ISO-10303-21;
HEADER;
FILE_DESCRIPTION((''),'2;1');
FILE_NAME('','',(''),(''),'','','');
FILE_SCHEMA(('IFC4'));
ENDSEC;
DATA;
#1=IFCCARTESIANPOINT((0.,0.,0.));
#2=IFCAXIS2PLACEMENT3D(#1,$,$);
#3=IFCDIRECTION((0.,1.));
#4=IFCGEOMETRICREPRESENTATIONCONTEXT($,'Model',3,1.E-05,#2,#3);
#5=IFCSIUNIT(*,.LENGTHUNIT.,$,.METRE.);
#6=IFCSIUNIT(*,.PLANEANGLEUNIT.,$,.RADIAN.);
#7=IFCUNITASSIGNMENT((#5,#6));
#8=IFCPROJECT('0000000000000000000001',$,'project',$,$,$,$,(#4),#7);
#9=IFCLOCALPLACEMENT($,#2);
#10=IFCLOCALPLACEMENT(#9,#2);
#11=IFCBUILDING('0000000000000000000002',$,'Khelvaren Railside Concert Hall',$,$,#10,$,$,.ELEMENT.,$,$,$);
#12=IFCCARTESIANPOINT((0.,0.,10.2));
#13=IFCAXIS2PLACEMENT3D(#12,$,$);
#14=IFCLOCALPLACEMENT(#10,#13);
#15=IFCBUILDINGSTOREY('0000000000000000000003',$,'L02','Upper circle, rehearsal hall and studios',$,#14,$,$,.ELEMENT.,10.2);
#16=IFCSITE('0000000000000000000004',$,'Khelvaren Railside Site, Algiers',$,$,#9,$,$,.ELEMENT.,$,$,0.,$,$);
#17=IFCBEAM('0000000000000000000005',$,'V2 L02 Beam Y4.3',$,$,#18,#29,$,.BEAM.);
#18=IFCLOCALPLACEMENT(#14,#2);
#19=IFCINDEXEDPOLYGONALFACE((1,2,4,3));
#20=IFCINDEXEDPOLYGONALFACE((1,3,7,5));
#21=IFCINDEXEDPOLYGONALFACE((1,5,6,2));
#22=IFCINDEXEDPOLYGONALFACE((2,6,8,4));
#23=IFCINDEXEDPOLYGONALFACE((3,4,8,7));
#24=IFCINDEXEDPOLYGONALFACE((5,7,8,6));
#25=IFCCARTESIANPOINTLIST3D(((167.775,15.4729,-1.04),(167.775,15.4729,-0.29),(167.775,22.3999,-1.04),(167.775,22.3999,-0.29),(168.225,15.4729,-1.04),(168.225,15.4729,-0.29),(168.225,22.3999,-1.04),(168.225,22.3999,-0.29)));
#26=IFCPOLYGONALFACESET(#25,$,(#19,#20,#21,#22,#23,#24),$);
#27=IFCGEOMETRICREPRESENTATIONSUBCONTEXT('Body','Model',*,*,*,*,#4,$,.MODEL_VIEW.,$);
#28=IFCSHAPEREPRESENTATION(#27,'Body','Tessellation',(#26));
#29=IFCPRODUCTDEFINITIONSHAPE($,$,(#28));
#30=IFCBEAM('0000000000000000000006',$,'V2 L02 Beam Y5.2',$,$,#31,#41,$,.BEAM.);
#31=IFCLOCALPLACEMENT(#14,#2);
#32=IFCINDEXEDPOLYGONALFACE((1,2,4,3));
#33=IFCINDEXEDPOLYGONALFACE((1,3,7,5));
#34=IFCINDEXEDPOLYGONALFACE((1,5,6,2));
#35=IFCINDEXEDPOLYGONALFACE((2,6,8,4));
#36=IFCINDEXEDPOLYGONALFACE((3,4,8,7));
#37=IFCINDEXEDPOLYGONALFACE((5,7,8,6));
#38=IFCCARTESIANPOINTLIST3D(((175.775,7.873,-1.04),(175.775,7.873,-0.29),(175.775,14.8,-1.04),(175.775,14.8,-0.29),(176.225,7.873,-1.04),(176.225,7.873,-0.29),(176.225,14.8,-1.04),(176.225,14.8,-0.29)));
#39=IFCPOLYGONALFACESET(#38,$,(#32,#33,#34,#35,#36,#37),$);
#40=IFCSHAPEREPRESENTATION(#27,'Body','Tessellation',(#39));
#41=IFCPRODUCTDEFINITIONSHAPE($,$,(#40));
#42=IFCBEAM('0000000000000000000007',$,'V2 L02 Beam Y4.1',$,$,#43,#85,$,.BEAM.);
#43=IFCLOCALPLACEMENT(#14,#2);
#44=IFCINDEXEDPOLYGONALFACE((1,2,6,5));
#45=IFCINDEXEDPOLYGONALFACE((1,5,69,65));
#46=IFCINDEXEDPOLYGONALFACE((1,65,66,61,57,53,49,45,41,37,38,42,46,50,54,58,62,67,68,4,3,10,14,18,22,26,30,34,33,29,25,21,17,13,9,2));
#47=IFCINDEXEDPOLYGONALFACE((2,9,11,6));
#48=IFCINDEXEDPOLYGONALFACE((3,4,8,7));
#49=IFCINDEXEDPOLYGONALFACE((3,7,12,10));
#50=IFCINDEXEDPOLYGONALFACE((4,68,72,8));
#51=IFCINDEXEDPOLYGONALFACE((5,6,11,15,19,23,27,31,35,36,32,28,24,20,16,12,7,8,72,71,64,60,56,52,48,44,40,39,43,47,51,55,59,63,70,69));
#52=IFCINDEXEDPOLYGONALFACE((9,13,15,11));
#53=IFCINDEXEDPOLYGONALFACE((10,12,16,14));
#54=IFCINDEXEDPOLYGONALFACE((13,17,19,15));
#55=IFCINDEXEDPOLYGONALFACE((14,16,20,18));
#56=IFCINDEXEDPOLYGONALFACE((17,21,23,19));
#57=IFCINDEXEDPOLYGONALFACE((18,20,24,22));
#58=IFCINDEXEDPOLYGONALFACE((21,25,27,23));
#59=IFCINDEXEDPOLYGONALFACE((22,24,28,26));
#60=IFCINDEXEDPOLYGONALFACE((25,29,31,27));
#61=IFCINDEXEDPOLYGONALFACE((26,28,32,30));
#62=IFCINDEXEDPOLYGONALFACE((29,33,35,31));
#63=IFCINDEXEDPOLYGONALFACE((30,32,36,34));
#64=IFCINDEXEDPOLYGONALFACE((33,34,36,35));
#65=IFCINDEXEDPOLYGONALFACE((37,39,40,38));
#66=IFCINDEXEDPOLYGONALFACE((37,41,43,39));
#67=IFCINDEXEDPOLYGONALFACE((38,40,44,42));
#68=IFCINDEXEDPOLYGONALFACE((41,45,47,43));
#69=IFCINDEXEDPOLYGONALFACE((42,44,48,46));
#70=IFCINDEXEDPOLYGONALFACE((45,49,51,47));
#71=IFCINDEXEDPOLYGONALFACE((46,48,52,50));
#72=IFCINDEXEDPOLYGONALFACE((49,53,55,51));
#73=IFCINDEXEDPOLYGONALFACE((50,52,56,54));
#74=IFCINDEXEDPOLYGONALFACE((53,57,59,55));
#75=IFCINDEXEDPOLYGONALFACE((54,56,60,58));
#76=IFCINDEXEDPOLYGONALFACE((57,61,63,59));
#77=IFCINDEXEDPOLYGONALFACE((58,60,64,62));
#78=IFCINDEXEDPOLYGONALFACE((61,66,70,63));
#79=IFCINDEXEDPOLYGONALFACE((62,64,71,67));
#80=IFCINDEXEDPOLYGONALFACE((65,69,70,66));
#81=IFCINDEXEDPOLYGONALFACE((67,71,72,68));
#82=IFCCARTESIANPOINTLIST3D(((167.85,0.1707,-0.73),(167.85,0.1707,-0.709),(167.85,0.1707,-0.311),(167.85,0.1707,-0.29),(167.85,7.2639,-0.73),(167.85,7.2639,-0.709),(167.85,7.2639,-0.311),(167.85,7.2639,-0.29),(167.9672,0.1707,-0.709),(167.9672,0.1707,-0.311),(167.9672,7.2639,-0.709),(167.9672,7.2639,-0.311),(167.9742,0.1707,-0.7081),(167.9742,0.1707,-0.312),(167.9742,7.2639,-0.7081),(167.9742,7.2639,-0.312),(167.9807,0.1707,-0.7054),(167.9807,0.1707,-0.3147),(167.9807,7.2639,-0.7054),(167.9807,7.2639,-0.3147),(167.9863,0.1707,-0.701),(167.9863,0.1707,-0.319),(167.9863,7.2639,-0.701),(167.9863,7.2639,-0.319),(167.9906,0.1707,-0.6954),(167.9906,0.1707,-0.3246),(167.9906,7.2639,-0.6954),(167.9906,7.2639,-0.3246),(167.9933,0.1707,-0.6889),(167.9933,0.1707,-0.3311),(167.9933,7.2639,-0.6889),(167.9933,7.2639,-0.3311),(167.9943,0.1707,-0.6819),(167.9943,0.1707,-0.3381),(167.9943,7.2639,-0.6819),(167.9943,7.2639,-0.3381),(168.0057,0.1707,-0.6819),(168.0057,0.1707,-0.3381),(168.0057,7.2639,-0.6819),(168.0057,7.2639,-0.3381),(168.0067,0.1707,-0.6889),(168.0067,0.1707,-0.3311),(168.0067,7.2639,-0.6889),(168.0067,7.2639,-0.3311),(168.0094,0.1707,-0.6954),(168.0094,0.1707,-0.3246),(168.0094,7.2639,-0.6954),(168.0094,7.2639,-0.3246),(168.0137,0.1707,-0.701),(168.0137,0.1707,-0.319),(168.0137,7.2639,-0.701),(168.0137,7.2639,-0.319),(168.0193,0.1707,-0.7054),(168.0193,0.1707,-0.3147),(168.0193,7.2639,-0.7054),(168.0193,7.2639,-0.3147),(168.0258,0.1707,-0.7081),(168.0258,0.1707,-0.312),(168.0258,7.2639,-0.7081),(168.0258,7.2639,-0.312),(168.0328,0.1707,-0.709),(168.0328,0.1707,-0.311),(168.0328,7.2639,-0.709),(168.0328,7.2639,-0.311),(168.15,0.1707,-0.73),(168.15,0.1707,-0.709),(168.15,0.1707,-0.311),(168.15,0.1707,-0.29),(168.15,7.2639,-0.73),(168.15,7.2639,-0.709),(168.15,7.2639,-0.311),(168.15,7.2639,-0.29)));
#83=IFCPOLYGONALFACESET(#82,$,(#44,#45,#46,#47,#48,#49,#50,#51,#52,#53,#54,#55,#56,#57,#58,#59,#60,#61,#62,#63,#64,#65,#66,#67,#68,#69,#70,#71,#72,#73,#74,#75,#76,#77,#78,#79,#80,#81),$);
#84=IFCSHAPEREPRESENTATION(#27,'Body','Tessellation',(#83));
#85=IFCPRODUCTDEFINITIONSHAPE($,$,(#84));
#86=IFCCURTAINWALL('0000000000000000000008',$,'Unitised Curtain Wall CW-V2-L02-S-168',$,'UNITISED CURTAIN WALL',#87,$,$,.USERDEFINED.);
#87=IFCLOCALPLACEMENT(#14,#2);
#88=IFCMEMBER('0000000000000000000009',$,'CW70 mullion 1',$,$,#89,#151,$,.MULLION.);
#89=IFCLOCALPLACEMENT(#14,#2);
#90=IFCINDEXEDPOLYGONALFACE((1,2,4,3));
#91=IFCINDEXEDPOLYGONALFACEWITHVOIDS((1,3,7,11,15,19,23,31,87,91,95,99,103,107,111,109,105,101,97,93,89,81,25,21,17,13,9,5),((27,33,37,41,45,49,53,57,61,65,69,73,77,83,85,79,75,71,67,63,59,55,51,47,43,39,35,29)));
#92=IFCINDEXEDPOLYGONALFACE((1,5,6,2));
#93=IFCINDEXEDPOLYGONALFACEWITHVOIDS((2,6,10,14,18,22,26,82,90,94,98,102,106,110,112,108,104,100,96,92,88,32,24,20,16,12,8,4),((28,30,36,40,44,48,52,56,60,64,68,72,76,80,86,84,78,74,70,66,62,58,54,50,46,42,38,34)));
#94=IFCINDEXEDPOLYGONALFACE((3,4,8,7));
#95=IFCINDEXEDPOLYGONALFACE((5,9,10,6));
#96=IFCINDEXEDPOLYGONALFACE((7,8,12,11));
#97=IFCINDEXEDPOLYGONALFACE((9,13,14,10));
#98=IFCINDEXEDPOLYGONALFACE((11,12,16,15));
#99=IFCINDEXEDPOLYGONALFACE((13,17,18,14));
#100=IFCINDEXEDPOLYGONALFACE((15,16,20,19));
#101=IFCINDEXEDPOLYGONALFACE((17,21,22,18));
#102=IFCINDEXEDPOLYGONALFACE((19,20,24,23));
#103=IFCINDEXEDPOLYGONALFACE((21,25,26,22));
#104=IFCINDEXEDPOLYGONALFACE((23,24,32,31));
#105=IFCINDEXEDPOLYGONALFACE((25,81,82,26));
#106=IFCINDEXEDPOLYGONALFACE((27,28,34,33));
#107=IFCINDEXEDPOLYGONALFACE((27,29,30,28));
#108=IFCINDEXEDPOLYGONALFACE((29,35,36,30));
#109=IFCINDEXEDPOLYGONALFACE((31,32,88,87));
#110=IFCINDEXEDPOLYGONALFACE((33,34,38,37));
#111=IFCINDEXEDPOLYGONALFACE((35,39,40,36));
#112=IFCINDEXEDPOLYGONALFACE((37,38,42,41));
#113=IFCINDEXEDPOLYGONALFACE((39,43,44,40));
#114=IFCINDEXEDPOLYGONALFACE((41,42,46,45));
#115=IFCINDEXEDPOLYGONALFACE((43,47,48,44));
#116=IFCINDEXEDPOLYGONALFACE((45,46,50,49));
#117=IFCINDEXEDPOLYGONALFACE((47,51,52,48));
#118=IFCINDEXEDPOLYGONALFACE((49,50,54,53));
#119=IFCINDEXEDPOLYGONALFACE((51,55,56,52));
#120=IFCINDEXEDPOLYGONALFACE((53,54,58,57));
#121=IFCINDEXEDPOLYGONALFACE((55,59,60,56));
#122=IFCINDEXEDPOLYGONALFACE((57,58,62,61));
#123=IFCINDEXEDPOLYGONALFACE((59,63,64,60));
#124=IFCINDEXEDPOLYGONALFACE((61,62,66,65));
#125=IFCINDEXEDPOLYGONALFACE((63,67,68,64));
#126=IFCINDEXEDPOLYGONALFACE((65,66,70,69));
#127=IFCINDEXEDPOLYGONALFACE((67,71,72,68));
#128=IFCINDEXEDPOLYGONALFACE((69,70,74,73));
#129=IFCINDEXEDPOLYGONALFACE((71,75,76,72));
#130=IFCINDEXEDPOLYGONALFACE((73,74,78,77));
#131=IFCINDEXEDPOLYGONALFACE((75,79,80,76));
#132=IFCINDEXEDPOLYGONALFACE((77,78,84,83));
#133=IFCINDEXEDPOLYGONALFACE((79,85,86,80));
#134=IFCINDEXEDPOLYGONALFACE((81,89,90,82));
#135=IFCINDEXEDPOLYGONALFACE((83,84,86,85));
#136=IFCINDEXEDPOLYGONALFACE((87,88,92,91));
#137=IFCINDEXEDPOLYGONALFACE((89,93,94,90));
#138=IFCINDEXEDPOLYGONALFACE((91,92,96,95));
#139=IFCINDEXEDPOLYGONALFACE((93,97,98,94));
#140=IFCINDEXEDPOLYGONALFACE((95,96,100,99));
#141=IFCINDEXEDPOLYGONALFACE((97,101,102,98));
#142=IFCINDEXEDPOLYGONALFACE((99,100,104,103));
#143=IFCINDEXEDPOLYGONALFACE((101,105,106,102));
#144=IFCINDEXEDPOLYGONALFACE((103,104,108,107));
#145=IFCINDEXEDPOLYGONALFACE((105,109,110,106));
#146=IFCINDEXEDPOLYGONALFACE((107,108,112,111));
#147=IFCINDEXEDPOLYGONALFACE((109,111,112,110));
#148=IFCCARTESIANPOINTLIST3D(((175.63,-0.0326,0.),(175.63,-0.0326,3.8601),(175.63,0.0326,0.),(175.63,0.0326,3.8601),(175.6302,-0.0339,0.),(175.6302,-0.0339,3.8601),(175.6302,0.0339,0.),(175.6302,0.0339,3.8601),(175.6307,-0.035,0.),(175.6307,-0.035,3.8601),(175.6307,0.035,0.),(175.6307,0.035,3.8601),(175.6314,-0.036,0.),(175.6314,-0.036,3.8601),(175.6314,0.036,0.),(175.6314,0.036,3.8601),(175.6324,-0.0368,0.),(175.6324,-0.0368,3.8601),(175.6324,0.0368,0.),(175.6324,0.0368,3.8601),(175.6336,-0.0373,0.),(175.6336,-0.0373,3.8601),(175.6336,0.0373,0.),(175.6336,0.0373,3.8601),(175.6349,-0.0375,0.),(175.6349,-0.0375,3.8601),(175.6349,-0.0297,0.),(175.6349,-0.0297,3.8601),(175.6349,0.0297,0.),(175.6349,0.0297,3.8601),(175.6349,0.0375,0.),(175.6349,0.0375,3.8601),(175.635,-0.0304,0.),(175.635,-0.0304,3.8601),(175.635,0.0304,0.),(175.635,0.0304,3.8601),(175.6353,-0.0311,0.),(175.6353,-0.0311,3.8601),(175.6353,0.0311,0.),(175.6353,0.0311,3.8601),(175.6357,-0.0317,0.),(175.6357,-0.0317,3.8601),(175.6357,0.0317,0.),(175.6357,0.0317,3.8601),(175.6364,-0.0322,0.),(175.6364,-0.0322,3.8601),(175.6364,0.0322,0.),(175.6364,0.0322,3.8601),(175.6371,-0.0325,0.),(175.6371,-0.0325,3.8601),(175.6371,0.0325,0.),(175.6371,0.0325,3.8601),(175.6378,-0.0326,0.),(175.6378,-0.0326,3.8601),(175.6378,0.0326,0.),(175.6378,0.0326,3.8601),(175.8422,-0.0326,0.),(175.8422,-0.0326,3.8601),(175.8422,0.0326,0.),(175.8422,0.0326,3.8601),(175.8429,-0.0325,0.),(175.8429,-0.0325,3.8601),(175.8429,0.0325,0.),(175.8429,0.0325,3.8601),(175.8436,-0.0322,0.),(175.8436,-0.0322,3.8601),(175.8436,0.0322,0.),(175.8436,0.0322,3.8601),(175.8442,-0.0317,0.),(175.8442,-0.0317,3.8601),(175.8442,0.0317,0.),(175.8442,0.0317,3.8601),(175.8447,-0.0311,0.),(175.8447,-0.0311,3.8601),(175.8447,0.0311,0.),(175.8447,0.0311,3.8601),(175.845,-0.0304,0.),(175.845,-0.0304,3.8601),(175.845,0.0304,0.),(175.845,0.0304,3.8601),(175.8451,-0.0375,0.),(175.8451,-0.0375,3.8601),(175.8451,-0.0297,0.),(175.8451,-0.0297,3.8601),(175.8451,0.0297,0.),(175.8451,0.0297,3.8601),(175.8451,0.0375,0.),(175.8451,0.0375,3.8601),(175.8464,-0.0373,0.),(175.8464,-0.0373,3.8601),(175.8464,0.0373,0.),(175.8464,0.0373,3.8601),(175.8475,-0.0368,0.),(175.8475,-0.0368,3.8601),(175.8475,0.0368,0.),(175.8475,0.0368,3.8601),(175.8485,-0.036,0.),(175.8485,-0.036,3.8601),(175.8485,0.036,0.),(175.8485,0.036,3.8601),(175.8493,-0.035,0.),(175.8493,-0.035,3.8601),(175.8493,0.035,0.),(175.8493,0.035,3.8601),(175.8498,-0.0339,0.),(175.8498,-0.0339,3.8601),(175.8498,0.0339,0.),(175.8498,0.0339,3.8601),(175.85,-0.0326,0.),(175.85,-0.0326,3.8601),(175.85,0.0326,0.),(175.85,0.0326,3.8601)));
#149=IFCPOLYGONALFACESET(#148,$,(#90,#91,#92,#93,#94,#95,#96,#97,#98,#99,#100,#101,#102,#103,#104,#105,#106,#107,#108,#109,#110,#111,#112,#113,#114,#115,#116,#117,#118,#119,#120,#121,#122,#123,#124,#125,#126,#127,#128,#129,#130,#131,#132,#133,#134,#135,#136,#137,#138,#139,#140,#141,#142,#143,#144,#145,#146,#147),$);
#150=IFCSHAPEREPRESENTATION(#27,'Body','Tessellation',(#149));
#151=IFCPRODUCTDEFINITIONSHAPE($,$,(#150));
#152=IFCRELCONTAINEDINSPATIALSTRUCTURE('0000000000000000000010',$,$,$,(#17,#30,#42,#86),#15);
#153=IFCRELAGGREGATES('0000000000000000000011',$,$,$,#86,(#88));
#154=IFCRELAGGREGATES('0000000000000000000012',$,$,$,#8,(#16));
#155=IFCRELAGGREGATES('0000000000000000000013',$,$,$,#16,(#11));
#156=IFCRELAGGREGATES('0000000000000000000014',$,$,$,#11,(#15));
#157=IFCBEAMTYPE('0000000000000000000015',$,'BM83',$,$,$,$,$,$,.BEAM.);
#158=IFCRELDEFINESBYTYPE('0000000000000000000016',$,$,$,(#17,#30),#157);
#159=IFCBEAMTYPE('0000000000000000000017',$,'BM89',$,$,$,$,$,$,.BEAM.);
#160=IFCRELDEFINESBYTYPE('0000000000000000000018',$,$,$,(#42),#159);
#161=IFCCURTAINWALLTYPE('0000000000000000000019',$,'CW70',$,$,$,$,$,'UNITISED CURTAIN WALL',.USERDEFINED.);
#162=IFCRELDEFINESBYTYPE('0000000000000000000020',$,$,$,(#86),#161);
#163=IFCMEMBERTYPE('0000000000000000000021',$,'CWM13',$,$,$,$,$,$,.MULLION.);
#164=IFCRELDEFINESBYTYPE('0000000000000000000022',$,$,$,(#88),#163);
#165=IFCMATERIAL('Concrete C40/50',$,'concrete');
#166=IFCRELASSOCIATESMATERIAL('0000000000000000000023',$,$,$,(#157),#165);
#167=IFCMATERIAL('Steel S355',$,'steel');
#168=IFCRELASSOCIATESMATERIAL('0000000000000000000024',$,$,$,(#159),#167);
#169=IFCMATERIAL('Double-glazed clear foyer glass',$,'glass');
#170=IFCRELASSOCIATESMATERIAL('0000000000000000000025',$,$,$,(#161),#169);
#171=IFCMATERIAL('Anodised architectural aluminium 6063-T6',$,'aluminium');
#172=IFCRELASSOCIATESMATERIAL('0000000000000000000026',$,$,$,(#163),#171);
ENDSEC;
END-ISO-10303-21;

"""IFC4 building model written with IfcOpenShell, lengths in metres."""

from ifc_helpers import new_model, si_unit, direction, frame, origin, origin_2d, place, context, subcontext, project, spatial, rectangle, hollow_rectangle, i_section, extrude, material, material_profile, profile_set, type_object, element, aggregate, save


model = new_model("IFC4")

# Units and contexts
model_context = context("Model", 3, precision=1e-05, world=origin(), true_north=direction((0.0, 1.0)))
body_context = subcontext(model_context, "Body", "Model", "MODEL_VIEW")
ifc_project = project(units=[si_unit("LENGTHUNIT", "METRE"), si_unit("PLANEANGLEUNIT", "RADIAN")], contexts=[model_context])

# Site, building, storey
site_placement = place(None, origin())
site = spatial("IfcSite", under=ifc_project, at=site_placement, Name="Khelvaren Railside Site, Algiers", CompositionType="ELEMENT", RefElevation=0.0)
building_placement = place(site_placement, origin())
building = spatial("IfcBuilding", under=site, at=building_placement, Name="Khelvaren Railside Concert Hall", CompositionType="ELEMENT")
storey_placement = place(building_placement, frame((0.0, 0.0, 10.2)))
storey = spatial("IfcBuildingStorey", under=building, at=storey_placement, Name="L02", Description="Upper circle, rehearsal hall and studios", CompositionType="ELEMENT", Elevation=10.2)

# Shared definitions
ifc_material_1 = material(Name="Steel S355", Category="steel")

# Beams
ifc_material_2 = material(Name="Concrete C40/50", Category="concrete")
ifc_material_profile_1 = material_profile(ifc_material_2, rectangle(XDim=0.45, YDim=0.75, at=origin_2d()), Name="RCB 450x750")
ifc_profile_set_1 = profile_set([ifc_material_profile_1], Name="Concrete C40/50")
beam_type_1 = type_object("IfcBeamType", Name="BM83", PredefinedType="BEAM", material=ifc_profile_set_1)
for number, where, z_axis, x_axis, name in (
    (1, (168.0, 15.4729, -0.665), (0.0, 1.0, 0.0), (-1.0, 0.0, 0.0), "V2 L02 Beam Y4.3"),
    (2, (176.0, 7.873, -0.665), (0.0, 1.0, 0.0), (-1.0, 0.0, 0.0), "V2 L02 Beam Y5.2"),
):
    element("IfcBeam", number, at=place(storey_placement, frame(where, z_axis=z_axis, x_axis=x_axis)), inside=storey, type_object=beam_type_1, Name=name, PredefinedType="BEAM", context=body_context, shape_type="SweptSolid", body=[
        extrude(rectangle(XDim=0.45, YDim=0.75, at=origin_2d()), origin(), (0.0, 0.0, 1.0), 6.927),
    ])
ifc_material_profile_2 = material_profile(ifc_material_1, i_section(OverallWidth=0.3, OverallDepth=0.4399, WebThickness=0.0115, FlangeThickness=0.021, FilletRadius=0.0271, at=origin_2d()), Name="HEA 450")
ifc_profile_set_2 = profile_set([ifc_material_profile_2], Name="Steel S355")
beam_type_2 = type_object("IfcBeamType", Name="BM89", PredefinedType="BEAM", material=ifc_profile_set_2)
beam_1_placement = place(storey_placement, frame((168.0, 0.1707, -0.51), z_axis=(0.0, 1.0, 0.0), x_axis=(-1.0, 0.0, 0.0)))
element("IfcBeam", 3, at=beam_1_placement, inside=storey, type_object=beam_type_2, Name="V2 L02 Beam Y4.1", PredefinedType="BEAM", context=body_context, shape_type="SweptSolid", body=[
    extrude(i_section(OverallWidth=0.3, OverallDepth=0.4399, WebThickness=0.0115, FlangeThickness=0.021, FilletRadius=0.0271, at=origin_2d()), origin(), (0.0, 0.0, 1.0), 7.0933),
])

# Curtain wall, member
ifc_material_3 = material(Name="Double-glazed clear foyer glass", Category="glass")
curtain_wall_type = type_object("IfcCurtainWallType", Name="CW70", ElementType="UNITISED CURTAIN WALL", PredefinedType="USERDEFINED", material=ifc_material_3)
curtain_wall_placement = place(storey_placement, origin())
curtain_wall = element("IfcCurtainWall", 4, at=curtain_wall_placement, inside=storey, type_object=curtain_wall_type, Name="Unitised Curtain Wall CW-V2-L02-S-168", ObjectType="UNITISED CURTAIN WALL", PredefinedType="USERDEFINED")
ifc_material_4 = material(Name="Anodised architectural aluminium 6063-T6", Category="aluminium")
ifc_material_profile_3 = material_profile(ifc_material_4, hollow_rectangle(XDim=0.075, YDim=0.22, WallThickness=0.0049, InnerFilletRadius=0.0029, OuterFilletRadius=0.0049, at=origin_2d()), Name="CWM 75x220x5")
ifc_profile_set_3 = profile_set([ifc_material_profile_3], Name="Anodised architectural aluminium 6063-T6")
member_type_1 = type_object("IfcMemberType", Name="CWM13", PredefinedType="MULLION", material=ifc_profile_set_3)
member_1_placement = place(storey_placement, frame((175.74, 0.0, 0.0), z_axis=(0.0, 0.0, 1.0), x_axis=(0.0, -1.0, 0.0)))
member_1 = element("IfcMember", 5, at=member_1_placement, type_object=member_type_1, Name="CW70 mullion 1", PredefinedType="MULLION", context=body_context, shape_type="SweptSolid", body=[
    extrude(hollow_rectangle(XDim=0.075, YDim=0.22, WallThickness=0.0049, InnerFilletRadius=0.0029, OuterFilletRadius=0.0049, at=origin_2d()), origin(), (0.0, 0.0, 1.0), 3.8601),
])

aggregate(curtain_wall, [member_1])

save(model, "model.ifc")
